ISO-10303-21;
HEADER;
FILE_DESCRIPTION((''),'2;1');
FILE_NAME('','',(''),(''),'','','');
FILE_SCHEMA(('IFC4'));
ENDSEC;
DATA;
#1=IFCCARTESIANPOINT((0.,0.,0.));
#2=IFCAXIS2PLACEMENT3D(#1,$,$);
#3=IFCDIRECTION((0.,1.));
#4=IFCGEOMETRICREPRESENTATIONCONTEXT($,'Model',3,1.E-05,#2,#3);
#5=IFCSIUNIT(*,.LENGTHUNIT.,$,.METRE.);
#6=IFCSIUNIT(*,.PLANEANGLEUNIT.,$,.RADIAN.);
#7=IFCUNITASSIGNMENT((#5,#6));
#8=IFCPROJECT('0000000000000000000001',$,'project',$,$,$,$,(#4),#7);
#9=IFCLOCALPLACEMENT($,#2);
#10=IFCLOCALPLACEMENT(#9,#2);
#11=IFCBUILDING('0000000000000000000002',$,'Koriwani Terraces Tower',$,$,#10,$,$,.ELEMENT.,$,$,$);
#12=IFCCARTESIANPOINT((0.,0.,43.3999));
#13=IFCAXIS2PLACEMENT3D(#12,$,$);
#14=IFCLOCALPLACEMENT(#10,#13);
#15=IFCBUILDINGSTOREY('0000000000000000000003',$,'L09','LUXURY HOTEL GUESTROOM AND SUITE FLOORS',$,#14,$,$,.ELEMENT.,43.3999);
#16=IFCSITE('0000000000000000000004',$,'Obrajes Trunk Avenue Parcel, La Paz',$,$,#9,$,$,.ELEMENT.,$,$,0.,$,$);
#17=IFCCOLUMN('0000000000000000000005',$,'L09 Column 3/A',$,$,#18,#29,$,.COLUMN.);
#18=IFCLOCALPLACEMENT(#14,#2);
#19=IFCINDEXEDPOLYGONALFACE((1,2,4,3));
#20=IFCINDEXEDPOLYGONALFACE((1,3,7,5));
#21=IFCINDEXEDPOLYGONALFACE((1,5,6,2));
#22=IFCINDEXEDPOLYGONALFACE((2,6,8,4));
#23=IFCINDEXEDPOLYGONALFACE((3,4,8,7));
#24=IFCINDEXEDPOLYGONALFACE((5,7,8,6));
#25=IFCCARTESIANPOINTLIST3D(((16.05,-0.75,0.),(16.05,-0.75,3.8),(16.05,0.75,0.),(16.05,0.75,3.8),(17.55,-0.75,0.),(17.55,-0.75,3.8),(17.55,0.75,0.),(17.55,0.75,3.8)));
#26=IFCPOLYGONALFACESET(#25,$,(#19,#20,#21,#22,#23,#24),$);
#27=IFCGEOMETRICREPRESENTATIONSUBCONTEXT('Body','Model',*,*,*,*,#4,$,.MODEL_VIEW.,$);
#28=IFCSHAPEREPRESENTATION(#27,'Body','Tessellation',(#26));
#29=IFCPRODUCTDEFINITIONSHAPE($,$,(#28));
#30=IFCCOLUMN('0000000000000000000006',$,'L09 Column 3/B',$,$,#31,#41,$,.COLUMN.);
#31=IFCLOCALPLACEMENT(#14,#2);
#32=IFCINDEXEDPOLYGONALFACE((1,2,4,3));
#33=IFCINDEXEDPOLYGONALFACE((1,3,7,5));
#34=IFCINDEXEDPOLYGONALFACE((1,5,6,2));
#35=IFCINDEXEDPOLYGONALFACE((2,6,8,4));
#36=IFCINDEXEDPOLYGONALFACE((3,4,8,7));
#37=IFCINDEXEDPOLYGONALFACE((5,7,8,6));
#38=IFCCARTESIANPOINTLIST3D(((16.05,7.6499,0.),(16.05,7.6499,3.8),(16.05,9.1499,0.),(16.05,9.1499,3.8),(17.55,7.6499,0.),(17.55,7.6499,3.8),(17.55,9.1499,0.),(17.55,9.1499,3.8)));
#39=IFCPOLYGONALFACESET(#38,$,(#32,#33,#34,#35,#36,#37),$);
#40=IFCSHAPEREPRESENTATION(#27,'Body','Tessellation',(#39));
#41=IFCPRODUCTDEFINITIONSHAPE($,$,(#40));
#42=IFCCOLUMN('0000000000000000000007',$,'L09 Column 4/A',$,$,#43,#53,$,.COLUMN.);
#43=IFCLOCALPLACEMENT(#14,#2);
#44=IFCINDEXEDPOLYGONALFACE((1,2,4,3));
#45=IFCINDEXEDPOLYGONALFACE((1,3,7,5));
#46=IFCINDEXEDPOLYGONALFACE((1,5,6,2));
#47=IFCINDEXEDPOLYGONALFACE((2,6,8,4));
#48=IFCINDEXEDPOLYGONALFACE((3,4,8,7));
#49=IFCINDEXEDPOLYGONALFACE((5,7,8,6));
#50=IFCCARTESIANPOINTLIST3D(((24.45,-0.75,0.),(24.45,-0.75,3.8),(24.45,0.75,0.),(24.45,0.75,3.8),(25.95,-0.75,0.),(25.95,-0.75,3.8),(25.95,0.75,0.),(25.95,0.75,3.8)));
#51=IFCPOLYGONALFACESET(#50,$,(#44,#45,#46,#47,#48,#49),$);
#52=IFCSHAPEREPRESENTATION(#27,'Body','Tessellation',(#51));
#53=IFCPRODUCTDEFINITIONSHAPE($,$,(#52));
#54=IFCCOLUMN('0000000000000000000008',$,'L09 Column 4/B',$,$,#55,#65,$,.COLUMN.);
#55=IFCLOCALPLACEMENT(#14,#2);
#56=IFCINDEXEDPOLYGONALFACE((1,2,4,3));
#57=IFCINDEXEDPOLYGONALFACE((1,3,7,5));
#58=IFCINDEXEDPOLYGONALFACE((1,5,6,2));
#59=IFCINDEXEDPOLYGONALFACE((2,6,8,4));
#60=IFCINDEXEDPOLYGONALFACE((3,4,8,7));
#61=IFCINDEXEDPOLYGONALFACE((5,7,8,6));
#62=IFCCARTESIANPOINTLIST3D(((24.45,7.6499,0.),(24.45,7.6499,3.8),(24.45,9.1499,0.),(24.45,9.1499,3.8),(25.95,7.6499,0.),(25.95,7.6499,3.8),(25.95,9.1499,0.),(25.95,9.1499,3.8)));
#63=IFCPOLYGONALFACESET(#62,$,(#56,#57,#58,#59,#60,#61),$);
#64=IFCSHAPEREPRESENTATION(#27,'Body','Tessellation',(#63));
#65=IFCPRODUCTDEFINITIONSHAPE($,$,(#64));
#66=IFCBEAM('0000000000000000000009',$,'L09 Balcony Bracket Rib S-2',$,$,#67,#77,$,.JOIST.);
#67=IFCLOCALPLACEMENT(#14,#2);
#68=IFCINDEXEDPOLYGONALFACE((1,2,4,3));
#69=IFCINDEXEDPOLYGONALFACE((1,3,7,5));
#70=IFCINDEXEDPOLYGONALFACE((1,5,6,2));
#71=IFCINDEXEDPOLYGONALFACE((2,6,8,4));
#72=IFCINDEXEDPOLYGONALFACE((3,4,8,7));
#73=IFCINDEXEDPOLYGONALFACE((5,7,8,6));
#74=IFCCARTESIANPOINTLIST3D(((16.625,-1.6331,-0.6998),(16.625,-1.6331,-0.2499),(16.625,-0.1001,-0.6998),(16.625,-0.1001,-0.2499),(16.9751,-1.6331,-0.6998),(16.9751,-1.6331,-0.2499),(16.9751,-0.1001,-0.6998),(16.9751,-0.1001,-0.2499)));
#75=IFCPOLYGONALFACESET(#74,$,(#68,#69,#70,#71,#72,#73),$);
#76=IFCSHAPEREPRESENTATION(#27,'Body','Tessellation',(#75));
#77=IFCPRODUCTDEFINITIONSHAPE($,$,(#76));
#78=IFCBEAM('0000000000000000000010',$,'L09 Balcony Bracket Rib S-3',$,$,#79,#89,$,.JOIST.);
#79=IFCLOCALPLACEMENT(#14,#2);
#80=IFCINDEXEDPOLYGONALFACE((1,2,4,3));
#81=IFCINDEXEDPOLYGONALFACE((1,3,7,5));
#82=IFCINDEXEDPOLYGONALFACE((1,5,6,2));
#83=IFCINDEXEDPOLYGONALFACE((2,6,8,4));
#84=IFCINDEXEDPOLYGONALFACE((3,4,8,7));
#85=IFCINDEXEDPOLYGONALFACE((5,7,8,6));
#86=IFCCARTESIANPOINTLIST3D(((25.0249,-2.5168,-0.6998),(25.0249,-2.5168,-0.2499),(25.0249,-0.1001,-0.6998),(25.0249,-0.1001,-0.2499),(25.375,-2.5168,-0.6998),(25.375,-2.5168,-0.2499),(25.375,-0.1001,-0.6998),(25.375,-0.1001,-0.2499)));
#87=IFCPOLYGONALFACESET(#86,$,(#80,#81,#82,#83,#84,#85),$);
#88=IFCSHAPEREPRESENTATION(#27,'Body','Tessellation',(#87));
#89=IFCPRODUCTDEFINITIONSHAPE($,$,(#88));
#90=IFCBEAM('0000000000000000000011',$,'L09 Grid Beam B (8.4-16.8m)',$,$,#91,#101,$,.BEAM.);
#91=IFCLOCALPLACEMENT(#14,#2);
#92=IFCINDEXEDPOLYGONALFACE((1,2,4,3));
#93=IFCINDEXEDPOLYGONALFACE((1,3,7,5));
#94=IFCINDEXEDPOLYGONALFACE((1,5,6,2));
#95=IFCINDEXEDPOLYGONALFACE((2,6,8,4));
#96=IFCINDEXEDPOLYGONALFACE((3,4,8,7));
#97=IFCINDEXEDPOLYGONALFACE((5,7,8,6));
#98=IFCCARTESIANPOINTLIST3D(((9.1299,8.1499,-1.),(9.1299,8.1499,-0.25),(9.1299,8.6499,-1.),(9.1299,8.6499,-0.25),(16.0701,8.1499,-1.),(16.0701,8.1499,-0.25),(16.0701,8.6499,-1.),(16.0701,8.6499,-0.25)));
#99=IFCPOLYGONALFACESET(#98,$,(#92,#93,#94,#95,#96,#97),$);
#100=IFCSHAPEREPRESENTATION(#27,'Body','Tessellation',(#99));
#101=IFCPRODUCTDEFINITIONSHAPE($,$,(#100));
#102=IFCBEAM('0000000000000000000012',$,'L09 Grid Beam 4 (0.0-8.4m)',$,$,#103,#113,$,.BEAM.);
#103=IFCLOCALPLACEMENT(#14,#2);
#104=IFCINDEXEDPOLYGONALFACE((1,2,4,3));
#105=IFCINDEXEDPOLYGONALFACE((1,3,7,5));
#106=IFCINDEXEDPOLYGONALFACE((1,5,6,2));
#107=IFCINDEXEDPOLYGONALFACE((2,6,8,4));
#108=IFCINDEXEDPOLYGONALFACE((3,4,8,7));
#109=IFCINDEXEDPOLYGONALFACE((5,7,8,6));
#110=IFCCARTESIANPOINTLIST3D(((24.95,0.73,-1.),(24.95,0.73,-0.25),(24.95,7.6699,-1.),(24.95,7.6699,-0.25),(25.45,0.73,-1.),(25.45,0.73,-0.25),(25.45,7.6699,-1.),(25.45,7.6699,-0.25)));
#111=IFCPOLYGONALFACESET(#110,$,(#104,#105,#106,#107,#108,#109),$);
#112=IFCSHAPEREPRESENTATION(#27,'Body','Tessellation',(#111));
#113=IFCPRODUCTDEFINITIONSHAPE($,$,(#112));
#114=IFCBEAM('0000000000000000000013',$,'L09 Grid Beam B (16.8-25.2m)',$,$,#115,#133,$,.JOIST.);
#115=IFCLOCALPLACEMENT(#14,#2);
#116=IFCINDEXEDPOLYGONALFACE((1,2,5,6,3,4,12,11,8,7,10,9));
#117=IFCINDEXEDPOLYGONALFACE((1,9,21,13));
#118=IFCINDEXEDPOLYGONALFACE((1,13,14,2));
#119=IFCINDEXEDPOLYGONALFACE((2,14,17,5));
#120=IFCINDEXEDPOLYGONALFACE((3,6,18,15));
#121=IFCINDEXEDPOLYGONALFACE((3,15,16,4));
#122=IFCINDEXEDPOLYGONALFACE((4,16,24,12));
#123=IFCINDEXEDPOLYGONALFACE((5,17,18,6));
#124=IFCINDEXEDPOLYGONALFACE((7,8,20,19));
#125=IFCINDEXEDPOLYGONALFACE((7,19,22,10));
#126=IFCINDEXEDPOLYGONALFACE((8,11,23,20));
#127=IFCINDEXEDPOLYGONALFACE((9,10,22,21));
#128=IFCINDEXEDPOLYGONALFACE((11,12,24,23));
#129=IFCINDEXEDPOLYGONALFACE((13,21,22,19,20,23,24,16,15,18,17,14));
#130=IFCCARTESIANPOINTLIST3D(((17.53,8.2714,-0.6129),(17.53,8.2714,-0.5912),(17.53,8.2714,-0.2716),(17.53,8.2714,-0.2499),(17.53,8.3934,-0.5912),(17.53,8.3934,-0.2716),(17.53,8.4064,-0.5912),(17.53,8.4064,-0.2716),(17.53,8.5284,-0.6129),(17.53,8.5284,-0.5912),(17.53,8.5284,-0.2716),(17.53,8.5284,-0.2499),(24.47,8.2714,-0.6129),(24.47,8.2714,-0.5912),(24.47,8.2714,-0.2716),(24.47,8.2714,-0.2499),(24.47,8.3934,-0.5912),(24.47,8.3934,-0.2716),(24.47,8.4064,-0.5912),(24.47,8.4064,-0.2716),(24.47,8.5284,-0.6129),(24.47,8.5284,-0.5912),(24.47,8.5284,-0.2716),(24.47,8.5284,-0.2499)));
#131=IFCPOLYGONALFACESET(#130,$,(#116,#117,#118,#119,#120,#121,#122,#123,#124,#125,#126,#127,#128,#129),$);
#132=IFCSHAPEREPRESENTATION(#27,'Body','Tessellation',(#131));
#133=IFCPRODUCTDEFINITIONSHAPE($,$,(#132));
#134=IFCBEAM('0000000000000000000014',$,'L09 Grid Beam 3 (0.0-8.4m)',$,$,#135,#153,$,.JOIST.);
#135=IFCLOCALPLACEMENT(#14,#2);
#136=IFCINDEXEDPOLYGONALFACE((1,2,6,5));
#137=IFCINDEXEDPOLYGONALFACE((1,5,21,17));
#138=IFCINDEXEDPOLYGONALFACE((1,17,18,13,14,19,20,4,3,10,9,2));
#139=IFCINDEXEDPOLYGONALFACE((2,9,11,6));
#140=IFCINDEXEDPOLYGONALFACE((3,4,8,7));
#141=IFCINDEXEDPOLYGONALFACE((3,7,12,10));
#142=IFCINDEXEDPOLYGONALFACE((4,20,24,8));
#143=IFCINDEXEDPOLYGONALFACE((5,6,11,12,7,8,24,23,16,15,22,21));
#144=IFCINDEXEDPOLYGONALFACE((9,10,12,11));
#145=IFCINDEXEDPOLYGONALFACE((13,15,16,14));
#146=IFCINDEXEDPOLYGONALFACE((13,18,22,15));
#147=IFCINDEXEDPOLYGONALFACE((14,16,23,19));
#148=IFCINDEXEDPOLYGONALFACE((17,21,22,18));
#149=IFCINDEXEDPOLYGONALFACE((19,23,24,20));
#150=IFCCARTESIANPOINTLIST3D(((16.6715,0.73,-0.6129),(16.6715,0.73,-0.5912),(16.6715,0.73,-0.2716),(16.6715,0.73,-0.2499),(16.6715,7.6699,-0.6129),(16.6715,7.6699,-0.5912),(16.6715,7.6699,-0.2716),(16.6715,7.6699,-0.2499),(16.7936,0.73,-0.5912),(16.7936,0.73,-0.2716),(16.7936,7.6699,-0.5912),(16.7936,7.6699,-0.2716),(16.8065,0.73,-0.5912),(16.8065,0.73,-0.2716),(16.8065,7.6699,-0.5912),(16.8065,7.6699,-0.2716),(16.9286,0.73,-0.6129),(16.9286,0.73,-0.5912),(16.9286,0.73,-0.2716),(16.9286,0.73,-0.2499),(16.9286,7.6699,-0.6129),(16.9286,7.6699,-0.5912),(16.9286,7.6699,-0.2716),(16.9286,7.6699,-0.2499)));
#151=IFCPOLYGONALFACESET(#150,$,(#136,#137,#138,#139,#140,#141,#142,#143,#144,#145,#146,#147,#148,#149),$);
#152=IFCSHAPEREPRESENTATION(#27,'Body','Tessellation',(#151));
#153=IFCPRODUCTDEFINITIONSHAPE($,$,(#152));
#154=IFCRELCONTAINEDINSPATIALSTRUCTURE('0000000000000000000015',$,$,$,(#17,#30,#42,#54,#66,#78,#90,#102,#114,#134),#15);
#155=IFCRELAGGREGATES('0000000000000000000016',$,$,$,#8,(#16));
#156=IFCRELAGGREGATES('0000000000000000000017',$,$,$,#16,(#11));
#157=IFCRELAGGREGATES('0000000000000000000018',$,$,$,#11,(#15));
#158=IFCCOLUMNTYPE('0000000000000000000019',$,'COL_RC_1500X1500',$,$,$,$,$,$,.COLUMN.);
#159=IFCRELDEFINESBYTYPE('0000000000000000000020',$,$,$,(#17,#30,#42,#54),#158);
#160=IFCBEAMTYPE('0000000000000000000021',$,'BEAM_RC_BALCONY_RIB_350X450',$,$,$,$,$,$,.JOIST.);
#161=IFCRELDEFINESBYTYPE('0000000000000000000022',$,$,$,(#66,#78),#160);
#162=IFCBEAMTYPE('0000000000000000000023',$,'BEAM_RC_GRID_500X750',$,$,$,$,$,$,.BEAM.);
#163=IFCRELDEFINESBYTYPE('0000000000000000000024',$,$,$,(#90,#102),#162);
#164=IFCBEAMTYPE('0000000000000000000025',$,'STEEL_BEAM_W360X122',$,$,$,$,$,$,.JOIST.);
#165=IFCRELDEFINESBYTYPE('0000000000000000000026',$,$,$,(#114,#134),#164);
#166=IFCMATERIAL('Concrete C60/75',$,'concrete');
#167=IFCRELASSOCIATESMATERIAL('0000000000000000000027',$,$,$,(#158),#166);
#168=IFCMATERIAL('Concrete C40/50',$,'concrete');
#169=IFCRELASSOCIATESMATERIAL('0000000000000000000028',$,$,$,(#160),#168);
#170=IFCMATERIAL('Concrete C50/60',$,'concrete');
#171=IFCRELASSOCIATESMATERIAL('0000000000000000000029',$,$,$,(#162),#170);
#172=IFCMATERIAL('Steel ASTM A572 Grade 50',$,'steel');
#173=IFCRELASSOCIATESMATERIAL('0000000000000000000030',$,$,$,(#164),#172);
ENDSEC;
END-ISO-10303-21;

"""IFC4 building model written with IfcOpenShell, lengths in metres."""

from ifc_helpers import new_model, si_unit, direction, frame, origin, origin_2d, place, context, subcontext, project, spatial, rectangle, i_section, extrude, material, material_profile, profile_set, type_object, element, save


model = new_model("IFC4")

# Units and contexts
model_context = context("Model", 3, precision=1e-05, world=origin(), true_north=direction((0.0, 1.0)))
body_context = subcontext(model_context, "Body", "Model", "MODEL_VIEW")
ifc_project = project(units=[si_unit("LENGTHUNIT", "METRE"), si_unit("PLANEANGLEUNIT", "RADIAN")], contexts=[model_context])

# Site, building, storey
site_placement = place(None, origin())
site = spatial("IfcSite", under=ifc_project, at=site_placement, Name="Obrajes Trunk Avenue Parcel, La Paz", CompositionType="ELEMENT", RefElevation=0.0)
building_placement = place(site_placement, origin())
building = spatial("IfcBuilding", under=site, at=building_placement, Name="Koriwani Terraces Tower", CompositionType="ELEMENT")
storey_placement = place(building_placement, frame((0.0, 0.0, 43.3999)))
storey = spatial("IfcBuildingStorey", under=building, at=storey_placement, Name="L09", Description="LUXURY HOTEL GUESTROOM AND SUITE FLOORS", CompositionType="ELEMENT", Elevation=43.3999)

# Columns
ifc_material_1 = material(Name="Concrete C60/75", Category="concrete")
ifc_material_profile_1 = material_profile(ifc_material_1, rectangle(XDim=1.5, YDim=1.5, at=origin_2d()), Name="Concrete C60/75", Category="LoadBearing")
ifc_profile_set_1 = profile_set([ifc_material_profile_1], Name="Concrete C60/75")
column_type = type_object("IfcColumnType", Name="COL_RC_1500X1500", PredefinedType="COLUMN", material=ifc_profile_set_1)
for number, where, z_axis, x_axis, name in (
    (1, (16.8, 0.0, 0.0), (0.0, 0.0, 1.0), (1.0, 0.0, 0.0), "L09 Column 3/A"),
    (2, (16.8, 8.3999, 0.0), (0.0, 0.0, 1.0), (1.0, 0.0, 0.0), "L09 Column 3/B"),
    (3, (25.2, 0.0, 0.0), (0.0, 0.0, 1.0), (1.0, 0.0, 0.0), "L09 Column 4/A"),
    (4, (25.2, 8.3999, 0.0), (0.0, 0.0, 1.0), (1.0, 0.0, 0.0), "L09 Column 4/B"),
):
    element("IfcColumn", number, at=place(storey_placement, frame(where, z_axis=z_axis, x_axis=x_axis)), inside=storey, type_object=column_type, Name=name, PredefinedType="COLUMN", context=body_context, shape_type="SweptSolid", body=[
        extrude(rectangle(XDim=1.5, YDim=1.5, at=origin_2d()), origin(), (0.0, 0.0, 1.0), 3.8),
    ])

# Beams
ifc_material_2 = material(Name="Concrete C40/50", Category="concrete")
ifc_material_profile_2 = material_profile(ifc_material_2, rectangle(XDim=0.3501, YDim=0.45, at=origin_2d()), Name="Concrete C40/50", Category="LoadBearing")
ifc_profile_set_2 = profile_set([ifc_material_profile_2], Name="Concrete C40/50")
beam_type_1 = type_object("IfcBeamType", Name="BEAM_RC_BALCONY_RIB_350X450", PredefinedType="JOIST", material=ifc_profile_set_2)
beam_1_placement = place(storey_placement, frame((16.8, -1.6331, -0.4749), z_axis=(0.0, 1.0, 0.0), x_axis=(-1.0, 0.0, 0.0)))
element("IfcBeam", 5, at=beam_1_placement, inside=storey, type_object=beam_type_1, Name="L09 Balcony Bracket Rib S-2", PredefinedType="JOIST", context=body_context, shape_type="SweptSolid", body=[
    extrude(rectangle(XDim=0.3501, YDim=0.45, at=origin_2d()), origin(), (0.0, 0.0, 1.0), 1.533),
])
beam_2_placement = place(storey_placement, frame((25.2, -2.5168, -0.4749), z_axis=(0.0, 1.0, 0.0), x_axis=(-1.0, 0.0, 0.0)))
element("IfcBeam", 6, at=beam_2_placement, inside=storey, type_object=beam_type_1, Name="L09 Balcony Bracket Rib S-3", PredefinedType="JOIST", context=body_context, shape_type="SweptSolid", body=[
    extrude(rectangle(XDim=0.3501, YDim=0.45, at=origin_2d()), origin(), (0.0, 0.0, 1.0), 2.4167),
])
ifc_material_3 = material(Name="Concrete C50/60", Category="concrete")
ifc_material_profile_3 = material_profile(ifc_material_3, rectangle(XDim=0.5, YDim=0.75, at=origin_2d()), Name="Concrete C50/60", Category="LoadBearing")
ifc_profile_set_3 = profile_set([ifc_material_profile_3], Name="Concrete C50/60")
beam_type_2 = type_object("IfcBeamType", Name="BEAM_RC_GRID_500X750", PredefinedType="BEAM", material=ifc_profile_set_3)
beam_3_placement = place(storey_placement, frame((9.1299, 8.3999, -0.625), z_axis=(1.0, 0.0, 0.0), x_axis=(0.0, 1.0, 0.0)))
element("IfcBeam", 7, at=beam_3_placement, inside=storey, type_object=beam_type_2, Name="L09 Grid Beam B (8.4-16.8m)", PredefinedType="BEAM", context=body_context, shape_type="SweptSolid", body=[
    extrude(rectangle(XDim=0.5, YDim=0.75, at=origin_2d()), origin(), (0.0, 0.0, 1.0), 6.9402),
])
beam_4_placement = place(storey_placement, frame((25.2, 0.73, -0.625), z_axis=(0.0, 1.0, 0.0), x_axis=(-1.0, 0.0, 0.0)))
element("IfcBeam", 8, at=beam_4_placement, inside=storey, type_object=beam_type_2, Name="L09 Grid Beam 4 (0.0-8.4m)", PredefinedType="BEAM", context=body_context, shape_type="SweptSolid", body=[
    extrude(rectangle(XDim=0.5, YDim=0.75, at=origin_2d()), origin(), (0.0, 0.0, 1.0), 6.9399),
])
ifc_material_4 = material(Name="Steel ASTM A572 Grade 50", Category="steel")
ifc_material_profile_4 = material_profile(ifc_material_4, i_section(OverallWidth=0.2571, OverallDepth=0.363, WebThickness=0.0129, FlangeThickness=0.0217, at=origin_2d()), Name="Steel ASTM A572 Grade 50", Category="LoadBearing")
ifc_profile_set_4 = profile_set([ifc_material_profile_4], Name="Steel ASTM A572 Grade 50")
beam_type_3 = type_object("IfcBeamType", Name="STEEL_BEAM_W360X122", PredefinedType="JOIST", material=ifc_profile_set_4)
for number, where, z_axis, x_axis, name in (
    (9, (17.53, 8.3999, -0.4314), (1.0, 0.0, 0.0), (0.0, 1.0, 0.0), "L09 Grid Beam B (16.8-25.2m)"),
    (10, (16.8, 0.73, -0.4314), (0.0, 1.0, 0.0), (-1.0, 0.0, 0.0), "L09 Grid Beam 3 (0.0-8.4m)"),
):
    element("IfcBeam", number, at=place(storey_placement, frame(where, z_axis=z_axis, x_axis=x_axis)), inside=storey, type_object=beam_type_3, Name=name, PredefinedType="JOIST", context=body_context, shape_type="SweptSolid", body=[
        extrude(i_section(OverallWidth=0.2571, OverallDepth=0.363, WebThickness=0.0129, FlangeThickness=0.0217, at=origin_2d()), origin(), (0.0, 0.0, 1.0), 6.9399),
    ])

save(model, "model.ifc")
